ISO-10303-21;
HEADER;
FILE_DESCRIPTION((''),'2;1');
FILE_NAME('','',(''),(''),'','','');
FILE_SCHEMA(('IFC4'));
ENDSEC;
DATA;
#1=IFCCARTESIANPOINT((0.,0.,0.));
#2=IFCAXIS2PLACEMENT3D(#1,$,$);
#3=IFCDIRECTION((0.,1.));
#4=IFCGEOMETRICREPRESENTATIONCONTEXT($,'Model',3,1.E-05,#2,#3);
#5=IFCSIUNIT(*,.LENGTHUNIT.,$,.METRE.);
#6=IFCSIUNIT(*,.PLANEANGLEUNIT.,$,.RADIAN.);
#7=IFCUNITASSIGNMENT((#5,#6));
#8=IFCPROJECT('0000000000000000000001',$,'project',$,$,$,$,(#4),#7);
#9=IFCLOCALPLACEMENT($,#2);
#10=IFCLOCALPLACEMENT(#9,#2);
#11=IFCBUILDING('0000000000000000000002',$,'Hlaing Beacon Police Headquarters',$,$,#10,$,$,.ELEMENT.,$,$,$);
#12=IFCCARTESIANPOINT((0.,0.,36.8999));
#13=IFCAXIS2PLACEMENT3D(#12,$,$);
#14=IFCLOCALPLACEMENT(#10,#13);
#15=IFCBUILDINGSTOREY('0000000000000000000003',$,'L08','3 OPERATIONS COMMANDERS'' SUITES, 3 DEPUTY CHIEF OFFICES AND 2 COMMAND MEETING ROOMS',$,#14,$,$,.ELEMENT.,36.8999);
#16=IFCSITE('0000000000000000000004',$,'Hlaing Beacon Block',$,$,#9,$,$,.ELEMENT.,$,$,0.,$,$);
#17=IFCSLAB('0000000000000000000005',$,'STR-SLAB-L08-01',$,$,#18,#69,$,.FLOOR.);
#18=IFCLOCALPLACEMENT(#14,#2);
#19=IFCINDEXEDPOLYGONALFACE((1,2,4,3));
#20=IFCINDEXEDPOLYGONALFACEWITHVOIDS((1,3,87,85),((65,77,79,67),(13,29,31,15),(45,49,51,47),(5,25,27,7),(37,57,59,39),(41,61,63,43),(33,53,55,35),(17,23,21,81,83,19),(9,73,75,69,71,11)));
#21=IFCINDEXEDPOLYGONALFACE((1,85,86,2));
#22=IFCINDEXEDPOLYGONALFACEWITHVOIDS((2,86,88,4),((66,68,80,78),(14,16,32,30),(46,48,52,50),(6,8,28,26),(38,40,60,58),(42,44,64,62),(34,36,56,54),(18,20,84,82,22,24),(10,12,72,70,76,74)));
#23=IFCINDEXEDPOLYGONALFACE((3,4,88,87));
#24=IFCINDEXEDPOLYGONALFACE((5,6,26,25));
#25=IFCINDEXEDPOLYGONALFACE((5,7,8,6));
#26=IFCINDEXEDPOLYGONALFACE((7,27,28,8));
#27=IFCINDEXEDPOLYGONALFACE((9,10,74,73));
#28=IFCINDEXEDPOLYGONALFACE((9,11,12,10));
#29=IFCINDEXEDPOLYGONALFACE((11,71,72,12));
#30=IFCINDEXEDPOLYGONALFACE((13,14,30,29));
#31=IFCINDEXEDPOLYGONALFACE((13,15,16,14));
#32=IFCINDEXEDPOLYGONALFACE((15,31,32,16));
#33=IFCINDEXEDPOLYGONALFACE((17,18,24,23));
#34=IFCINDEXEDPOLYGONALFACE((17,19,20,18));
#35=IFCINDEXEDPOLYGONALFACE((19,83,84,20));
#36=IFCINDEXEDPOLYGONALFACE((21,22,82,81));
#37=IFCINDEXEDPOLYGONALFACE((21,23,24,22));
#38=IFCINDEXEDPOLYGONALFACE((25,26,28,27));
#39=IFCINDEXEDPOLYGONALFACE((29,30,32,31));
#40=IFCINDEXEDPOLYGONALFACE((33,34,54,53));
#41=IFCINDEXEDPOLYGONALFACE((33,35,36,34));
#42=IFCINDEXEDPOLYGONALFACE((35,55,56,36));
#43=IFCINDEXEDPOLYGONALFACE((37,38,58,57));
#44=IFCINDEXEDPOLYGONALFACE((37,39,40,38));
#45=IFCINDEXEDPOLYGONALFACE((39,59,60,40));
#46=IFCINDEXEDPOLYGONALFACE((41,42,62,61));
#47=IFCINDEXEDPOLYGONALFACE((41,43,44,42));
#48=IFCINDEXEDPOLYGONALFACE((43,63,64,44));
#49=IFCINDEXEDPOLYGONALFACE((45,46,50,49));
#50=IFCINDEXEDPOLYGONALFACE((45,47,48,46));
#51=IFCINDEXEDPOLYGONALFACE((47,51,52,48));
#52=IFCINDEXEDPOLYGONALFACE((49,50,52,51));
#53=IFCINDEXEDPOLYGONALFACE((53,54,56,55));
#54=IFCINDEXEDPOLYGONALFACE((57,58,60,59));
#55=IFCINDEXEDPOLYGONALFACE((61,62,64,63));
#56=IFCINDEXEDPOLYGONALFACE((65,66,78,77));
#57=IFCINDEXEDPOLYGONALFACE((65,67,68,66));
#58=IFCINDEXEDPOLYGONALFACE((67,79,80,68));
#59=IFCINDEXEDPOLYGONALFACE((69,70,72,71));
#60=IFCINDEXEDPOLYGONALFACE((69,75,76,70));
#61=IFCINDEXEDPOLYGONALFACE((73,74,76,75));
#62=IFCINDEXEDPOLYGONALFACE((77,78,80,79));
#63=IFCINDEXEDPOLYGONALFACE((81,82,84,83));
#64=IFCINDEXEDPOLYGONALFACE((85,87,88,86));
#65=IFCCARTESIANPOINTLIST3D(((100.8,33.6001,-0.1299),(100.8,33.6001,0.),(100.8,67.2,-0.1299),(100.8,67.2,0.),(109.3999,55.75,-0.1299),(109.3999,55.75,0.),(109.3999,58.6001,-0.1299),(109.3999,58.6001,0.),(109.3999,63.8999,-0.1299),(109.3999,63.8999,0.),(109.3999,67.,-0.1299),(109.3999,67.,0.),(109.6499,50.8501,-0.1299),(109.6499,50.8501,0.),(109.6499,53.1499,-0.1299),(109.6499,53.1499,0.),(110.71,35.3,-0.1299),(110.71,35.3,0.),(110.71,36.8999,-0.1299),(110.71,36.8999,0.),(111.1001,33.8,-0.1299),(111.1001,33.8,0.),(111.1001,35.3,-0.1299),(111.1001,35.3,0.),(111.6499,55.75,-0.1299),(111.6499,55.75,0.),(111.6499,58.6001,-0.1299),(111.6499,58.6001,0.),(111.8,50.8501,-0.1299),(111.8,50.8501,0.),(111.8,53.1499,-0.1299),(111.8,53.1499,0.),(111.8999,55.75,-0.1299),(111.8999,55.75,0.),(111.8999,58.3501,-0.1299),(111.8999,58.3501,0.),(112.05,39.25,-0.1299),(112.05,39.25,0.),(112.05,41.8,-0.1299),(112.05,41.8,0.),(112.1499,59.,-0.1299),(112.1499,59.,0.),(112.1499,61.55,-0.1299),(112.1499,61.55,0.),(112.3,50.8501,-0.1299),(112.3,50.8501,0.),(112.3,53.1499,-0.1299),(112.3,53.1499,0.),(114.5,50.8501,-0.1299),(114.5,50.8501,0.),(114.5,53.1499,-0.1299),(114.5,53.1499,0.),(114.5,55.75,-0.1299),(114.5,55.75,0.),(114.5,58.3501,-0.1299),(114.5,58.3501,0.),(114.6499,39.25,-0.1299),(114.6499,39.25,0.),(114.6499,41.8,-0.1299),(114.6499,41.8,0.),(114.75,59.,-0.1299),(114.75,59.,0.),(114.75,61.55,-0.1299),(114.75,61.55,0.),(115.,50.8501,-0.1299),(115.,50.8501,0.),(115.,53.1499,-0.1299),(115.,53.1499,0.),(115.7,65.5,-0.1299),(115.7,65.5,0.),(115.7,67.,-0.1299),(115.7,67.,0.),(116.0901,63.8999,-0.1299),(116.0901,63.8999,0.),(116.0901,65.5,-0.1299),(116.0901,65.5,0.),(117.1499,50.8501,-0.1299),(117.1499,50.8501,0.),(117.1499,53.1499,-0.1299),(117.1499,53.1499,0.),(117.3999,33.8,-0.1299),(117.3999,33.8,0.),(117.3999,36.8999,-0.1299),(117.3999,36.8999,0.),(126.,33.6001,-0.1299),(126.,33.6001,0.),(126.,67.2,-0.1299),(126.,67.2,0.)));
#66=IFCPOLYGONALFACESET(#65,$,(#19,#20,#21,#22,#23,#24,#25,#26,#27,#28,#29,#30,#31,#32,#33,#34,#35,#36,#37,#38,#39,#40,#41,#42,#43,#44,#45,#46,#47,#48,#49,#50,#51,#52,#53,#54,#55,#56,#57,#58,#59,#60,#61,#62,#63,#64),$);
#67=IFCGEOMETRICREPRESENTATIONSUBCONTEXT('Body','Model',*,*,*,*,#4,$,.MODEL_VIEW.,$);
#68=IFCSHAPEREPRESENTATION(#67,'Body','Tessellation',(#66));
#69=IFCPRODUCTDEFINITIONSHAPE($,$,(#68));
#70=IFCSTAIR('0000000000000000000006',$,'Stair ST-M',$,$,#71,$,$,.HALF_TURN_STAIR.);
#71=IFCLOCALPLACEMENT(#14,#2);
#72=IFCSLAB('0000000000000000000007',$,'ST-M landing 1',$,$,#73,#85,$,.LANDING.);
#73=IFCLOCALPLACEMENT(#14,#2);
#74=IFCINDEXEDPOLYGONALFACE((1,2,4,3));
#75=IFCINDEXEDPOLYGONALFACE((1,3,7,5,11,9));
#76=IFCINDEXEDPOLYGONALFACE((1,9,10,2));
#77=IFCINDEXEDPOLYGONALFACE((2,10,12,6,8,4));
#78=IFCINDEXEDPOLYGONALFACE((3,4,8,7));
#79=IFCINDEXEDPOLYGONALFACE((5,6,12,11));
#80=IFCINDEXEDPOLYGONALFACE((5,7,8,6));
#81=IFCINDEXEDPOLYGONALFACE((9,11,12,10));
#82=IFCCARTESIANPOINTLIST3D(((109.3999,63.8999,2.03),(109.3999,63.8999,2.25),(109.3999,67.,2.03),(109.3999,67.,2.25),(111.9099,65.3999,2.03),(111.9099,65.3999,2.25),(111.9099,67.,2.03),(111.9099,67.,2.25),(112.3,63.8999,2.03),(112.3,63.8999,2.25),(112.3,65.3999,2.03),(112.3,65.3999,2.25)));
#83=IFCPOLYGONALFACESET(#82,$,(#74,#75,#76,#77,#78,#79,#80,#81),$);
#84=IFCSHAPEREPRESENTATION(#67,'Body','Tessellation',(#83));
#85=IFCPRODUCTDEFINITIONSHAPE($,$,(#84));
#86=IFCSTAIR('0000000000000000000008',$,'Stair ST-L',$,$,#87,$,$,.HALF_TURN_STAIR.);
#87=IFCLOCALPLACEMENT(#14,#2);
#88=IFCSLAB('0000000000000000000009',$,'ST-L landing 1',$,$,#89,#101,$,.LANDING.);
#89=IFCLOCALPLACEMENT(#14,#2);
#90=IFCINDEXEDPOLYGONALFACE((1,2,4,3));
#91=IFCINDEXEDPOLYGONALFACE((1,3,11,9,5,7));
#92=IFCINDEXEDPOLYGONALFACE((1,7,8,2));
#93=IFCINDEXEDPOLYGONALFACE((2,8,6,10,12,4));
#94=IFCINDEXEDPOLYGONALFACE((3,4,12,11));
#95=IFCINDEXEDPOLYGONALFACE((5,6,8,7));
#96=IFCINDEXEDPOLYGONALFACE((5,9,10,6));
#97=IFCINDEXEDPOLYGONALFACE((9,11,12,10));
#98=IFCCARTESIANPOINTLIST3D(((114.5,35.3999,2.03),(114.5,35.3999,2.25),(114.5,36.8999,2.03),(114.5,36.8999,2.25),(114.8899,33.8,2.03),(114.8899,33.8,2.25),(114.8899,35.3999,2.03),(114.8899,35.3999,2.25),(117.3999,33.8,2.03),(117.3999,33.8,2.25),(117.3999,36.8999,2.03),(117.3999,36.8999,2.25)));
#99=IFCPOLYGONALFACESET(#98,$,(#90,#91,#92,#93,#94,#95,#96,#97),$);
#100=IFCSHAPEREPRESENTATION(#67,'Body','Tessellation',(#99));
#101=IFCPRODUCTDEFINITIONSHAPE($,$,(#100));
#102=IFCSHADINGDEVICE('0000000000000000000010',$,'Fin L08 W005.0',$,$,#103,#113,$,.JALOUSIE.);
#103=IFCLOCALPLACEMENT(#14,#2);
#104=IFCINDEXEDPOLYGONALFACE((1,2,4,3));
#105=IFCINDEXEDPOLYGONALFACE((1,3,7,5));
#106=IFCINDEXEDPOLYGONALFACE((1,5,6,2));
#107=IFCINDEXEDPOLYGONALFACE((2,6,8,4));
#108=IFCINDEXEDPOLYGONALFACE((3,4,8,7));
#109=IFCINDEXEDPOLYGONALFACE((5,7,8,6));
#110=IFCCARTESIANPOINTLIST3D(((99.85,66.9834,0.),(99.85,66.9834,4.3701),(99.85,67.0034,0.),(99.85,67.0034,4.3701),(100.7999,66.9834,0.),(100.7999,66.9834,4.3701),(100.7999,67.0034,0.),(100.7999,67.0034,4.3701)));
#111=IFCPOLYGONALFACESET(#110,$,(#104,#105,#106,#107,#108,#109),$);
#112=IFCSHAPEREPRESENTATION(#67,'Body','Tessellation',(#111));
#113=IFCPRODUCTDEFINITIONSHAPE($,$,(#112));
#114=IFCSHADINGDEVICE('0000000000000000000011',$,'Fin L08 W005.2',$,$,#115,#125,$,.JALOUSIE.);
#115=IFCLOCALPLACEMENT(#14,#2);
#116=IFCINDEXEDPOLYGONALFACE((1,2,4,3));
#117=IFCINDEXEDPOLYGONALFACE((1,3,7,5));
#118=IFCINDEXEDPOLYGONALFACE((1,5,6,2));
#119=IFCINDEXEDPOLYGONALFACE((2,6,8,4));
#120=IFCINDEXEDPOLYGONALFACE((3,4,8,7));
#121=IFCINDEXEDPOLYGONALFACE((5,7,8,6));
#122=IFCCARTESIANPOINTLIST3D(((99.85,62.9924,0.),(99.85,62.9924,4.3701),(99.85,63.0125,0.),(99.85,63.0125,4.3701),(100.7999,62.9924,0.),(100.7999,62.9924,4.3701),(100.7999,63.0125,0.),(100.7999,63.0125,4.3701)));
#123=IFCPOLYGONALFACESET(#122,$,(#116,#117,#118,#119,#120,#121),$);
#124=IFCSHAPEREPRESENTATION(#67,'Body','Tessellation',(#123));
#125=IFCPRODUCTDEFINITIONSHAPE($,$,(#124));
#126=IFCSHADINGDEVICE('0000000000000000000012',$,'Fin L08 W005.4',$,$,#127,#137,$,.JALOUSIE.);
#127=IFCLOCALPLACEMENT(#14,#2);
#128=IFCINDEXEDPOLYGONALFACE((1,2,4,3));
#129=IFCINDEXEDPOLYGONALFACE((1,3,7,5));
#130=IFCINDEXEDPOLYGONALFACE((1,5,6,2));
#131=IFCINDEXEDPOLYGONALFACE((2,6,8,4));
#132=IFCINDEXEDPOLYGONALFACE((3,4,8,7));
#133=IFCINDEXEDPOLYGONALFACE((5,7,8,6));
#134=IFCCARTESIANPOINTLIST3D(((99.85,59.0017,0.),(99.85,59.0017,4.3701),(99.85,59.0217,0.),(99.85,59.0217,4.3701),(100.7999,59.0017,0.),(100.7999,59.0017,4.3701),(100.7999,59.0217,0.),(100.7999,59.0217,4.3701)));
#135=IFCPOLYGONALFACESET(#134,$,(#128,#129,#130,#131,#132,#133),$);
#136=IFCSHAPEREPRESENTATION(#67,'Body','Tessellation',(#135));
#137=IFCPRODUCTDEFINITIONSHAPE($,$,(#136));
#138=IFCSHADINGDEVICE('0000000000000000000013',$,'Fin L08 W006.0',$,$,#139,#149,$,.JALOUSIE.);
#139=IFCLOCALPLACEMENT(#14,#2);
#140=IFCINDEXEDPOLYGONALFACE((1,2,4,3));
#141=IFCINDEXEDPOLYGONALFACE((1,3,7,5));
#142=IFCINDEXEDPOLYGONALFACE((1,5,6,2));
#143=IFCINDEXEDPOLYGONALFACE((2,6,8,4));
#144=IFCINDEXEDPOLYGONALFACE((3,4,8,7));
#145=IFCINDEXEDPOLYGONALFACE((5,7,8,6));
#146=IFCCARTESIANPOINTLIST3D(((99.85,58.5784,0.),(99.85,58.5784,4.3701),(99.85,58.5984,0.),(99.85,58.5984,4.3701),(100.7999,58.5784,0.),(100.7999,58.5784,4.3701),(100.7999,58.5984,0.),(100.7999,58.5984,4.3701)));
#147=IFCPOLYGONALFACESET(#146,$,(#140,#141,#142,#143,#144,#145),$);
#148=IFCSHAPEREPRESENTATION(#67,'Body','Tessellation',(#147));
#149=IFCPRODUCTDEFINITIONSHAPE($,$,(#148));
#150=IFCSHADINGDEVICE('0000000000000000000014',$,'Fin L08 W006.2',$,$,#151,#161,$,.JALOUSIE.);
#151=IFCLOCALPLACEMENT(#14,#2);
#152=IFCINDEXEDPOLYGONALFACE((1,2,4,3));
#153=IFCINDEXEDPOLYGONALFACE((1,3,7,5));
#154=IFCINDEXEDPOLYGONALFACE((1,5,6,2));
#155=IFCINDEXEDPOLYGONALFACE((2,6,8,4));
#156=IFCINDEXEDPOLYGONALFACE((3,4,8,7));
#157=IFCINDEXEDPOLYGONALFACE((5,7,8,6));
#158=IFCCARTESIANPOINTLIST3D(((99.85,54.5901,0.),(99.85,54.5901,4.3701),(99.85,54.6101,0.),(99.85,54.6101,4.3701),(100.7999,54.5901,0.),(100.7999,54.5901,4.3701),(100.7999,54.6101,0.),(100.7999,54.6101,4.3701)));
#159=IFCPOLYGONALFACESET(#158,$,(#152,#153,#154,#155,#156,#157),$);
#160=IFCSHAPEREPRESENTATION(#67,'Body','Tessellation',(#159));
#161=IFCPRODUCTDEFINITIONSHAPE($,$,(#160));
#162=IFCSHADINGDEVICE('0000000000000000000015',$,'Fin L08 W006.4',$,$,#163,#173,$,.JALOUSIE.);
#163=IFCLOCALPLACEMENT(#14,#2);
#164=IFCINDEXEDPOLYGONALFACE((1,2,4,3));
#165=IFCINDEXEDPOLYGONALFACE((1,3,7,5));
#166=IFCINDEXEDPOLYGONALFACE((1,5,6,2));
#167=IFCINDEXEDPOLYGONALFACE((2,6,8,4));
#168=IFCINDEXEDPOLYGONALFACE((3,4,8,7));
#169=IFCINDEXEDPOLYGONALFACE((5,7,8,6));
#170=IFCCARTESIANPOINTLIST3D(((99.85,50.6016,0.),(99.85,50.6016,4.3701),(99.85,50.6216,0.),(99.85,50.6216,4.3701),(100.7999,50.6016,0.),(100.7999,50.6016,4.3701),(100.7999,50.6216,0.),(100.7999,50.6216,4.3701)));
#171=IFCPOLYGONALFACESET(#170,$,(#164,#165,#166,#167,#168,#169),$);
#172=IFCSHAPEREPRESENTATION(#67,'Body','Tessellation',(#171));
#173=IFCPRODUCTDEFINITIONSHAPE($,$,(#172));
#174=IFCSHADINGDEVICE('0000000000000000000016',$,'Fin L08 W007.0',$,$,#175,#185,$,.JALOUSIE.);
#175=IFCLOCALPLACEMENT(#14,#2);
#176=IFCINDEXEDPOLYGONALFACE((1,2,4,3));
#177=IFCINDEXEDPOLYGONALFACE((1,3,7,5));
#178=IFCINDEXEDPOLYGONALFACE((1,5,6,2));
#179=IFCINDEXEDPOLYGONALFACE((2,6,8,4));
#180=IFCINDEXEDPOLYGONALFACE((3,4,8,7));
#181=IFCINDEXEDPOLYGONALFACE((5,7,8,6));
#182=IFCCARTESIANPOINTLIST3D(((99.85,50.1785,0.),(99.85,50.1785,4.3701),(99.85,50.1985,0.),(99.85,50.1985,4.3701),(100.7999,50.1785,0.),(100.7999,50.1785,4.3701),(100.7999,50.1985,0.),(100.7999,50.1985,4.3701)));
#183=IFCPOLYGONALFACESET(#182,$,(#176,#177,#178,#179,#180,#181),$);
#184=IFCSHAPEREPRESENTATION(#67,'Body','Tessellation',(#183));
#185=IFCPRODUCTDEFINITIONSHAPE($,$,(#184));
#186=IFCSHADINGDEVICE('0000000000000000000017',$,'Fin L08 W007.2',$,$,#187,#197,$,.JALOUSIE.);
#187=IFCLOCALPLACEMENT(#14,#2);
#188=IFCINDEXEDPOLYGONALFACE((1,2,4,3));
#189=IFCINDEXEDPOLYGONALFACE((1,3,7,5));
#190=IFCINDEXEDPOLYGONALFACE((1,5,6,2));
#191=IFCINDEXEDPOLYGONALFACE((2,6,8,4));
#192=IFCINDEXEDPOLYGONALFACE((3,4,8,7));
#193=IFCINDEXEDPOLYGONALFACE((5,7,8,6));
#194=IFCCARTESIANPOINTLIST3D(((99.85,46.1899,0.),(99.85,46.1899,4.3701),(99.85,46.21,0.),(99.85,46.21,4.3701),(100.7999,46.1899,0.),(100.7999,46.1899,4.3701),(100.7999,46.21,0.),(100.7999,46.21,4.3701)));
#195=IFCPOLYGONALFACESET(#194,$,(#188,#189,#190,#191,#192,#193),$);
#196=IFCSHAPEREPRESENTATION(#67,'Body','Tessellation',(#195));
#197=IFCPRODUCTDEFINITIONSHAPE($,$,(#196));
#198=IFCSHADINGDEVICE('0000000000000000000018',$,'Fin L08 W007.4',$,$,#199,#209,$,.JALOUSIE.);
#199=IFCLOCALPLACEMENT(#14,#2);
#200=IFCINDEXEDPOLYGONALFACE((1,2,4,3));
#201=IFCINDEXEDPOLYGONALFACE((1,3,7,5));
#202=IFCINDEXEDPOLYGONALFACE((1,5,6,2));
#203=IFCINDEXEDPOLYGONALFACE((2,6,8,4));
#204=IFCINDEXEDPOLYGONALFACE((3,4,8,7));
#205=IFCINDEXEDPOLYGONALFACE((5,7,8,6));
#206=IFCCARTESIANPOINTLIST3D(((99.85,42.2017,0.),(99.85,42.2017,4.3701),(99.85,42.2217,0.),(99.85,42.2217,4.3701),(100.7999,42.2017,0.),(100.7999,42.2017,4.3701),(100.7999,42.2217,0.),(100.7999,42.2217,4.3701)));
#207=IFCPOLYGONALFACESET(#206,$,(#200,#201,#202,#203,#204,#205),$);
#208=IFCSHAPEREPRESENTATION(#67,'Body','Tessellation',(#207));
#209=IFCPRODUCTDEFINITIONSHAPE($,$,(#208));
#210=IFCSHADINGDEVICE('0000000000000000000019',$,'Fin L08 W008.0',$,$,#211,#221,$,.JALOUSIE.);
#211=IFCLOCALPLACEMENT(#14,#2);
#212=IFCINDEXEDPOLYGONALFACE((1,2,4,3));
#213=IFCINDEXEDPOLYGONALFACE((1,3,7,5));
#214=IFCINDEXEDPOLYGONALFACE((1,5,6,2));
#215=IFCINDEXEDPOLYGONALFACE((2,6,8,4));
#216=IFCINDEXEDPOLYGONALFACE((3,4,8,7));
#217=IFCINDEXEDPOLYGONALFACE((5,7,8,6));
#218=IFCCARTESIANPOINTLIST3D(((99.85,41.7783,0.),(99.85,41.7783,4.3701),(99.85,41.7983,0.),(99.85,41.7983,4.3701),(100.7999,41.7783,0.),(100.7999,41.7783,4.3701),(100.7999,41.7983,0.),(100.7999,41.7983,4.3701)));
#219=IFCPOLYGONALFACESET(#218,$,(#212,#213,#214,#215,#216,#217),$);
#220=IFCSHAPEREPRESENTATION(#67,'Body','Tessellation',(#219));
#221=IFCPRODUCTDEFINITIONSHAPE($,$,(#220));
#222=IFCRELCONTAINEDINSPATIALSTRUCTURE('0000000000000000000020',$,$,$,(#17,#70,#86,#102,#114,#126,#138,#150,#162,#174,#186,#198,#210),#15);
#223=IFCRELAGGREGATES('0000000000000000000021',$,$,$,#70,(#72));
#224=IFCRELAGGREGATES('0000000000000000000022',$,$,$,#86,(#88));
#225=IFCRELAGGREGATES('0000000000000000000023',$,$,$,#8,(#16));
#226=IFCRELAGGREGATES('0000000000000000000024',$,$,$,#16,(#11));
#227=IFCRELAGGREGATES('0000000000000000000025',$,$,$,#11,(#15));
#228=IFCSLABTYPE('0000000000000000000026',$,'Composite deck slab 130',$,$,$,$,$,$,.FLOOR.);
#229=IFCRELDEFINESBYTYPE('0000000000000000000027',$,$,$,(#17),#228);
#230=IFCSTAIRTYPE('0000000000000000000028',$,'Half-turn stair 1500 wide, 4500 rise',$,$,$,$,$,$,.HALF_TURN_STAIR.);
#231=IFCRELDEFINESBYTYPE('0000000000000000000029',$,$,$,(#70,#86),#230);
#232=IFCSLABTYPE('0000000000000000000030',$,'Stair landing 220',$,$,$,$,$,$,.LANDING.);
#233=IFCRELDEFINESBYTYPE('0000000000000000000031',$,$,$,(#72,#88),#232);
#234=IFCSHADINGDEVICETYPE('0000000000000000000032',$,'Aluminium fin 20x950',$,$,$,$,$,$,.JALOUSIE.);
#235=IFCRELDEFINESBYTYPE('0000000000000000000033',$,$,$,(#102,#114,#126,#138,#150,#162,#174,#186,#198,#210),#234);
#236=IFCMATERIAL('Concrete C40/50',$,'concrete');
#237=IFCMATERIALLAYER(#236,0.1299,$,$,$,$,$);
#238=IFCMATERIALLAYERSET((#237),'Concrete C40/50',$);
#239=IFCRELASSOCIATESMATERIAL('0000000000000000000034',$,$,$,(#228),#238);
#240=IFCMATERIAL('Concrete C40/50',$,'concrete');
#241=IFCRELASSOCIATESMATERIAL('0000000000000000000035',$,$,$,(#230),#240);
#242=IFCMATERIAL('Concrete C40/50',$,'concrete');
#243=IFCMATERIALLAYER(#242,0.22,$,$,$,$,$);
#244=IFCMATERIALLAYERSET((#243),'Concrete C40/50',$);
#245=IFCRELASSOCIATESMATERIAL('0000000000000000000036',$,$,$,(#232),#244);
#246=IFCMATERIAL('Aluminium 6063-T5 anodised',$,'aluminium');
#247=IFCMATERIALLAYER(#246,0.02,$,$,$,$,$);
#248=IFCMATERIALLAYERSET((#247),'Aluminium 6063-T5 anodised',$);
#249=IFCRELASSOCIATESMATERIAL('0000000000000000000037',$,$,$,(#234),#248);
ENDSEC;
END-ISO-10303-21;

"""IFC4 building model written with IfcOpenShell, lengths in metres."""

from ifc_helpers import new_model, si_unit, direction, frame, origin, origin_2d, place, context, subcontext, project, spatial, polyline, rectangle, outline, extrude, material, layer, layer_set, type_object, element, aggregate, save


model = new_model("IFC4")

# Units and contexts
model_context = context("Model", 3, precision=1e-05, world=origin(), true_north=direction((0.0, 1.0)))
body_context = subcontext(model_context, "Body", "Model", "MODEL_VIEW")
ifc_project = project(units=[si_unit("LENGTHUNIT", "METRE"), si_unit("PLANEANGLEUNIT", "RADIAN")], contexts=[model_context])

# Site, building, storey
site_placement = place(None, origin())
site = spatial("IfcSite", under=ifc_project, at=site_placement, Name="Hlaing Beacon Block", CompositionType="ELEMENT", RefElevation=0.0)
building_placement = place(site_placement, origin())
building = spatial("IfcBuilding", under=site, at=building_placement, Name="Hlaing Beacon Police Headquarters", CompositionType="ELEMENT")
storey_placement = place(building_placement, frame((0.0, 0.0, 36.8999)))
storey = spatial("IfcBuildingStorey", under=building, at=storey_placement, Name="L08", Description="3 OPERATIONS COMMANDERS' SUITES, 3 DEPUTY CHIEF OFFICES AND 2 COMMAND MEETING ROOMS", CompositionType="ELEMENT", Elevation=36.8999)

# Slab
ifc_material_1 = material(Name="Concrete C40/50", Category="concrete")
ifc_layer_1 = layer(ifc_material_1, 0.1299)
ifc_layer_set_1 = layer_set([ifc_layer_1], Name="Concrete C40/50")
slab_type_1 = type_object("IfcSlabType", Name="Composite deck slab 130", PredefinedType="FLOOR", material=ifc_layer_set_1)
slab_1_placement = place(storey_placement, frame((0.0, 0.0, -0.1299)))
element("IfcSlab", 1, at=slab_1_placement, inside=storey, type_object=slab_type_1, Name="STR-SLAB-L08-01", PredefinedType="FLOOR", context=body_context, shape_type="SweptSolid", body=[
    extrude(outline(polyline([(100.8, 33.6001), (126.0, 33.6001), (126.0, 67.2), (100.8, 67.2), (100.8, 33.6001)]), holes=[polyline([(109.3999, 55.75), (111.6499, 55.75), (111.6499, 58.6001), (109.3999, 58.6001), (109.3999, 55.75)]), polyline([(109.3999, 63.8999), (116.0901, 63.8999), (116.0901, 65.5), (115.7, 65.5), (115.7, 67.0), (109.3999, 67.0), (109.3999, 63.8999)]), polyline([(109.6499, 50.8501), (111.8, 50.8501), (111.8, 53.1499), (109.6499, 53.1499), (109.6499, 50.8501)]), polyline([(111.1001, 33.8), (117.3999, 33.8), (117.3999, 36.8999), (110.71, 36.8999), (110.71, 35.3), (111.1001, 35.3), (111.1001, 33.8)]), polyline([(111.8999, 55.75), (114.5, 55.75), (114.5, 58.3501), (111.8999, 58.3501), (111.8999, 55.75)]), polyline([(112.05, 39.25), (114.6499, 39.25), (114.6499, 41.8), (112.05, 41.8), (112.05, 39.25)]), polyline([(112.1499, 59.0), (114.75, 59.0), (114.75, 61.55), (112.1499, 61.55), (112.1499, 59.0)]), polyline([(112.3, 50.8501), (114.5, 50.8501), (114.5, 53.1499), (112.3, 53.1499), (112.3, 50.8501)]), polyline([(115.0, 50.8501), (117.1499, 50.8501), (117.1499, 53.1499), (115.0, 53.1499), (115.0, 50.8501)])]), origin(), (0.0, 0.0, 1.0), 0.1299),
])

# Stairs, slabs
ifc_material_2 = material(Name="Concrete C40/50", Category="concrete")
stair_type = type_object("IfcStairType", Name="Half-turn stair 1500 wide, 4500 rise", PredefinedType="HALF_TURN_STAIR", material=ifc_material_2)
stair_1_placement = place(storey_placement, origin())
stair_1 = element("IfcStair", 2, at=stair_1_placement, inside=storey, type_object=stair_type, Name="Stair ST-M", PredefinedType="HALF_TURN_STAIR")
ifc_material_3 = material(Name="Concrete C40/50", Category="concrete")
ifc_layer_2 = layer(ifc_material_3, 0.22)
ifc_layer_set_2 = layer_set([ifc_layer_2], Name="Concrete C40/50")
slab_type_2 = type_object("IfcSlabType", Name="Stair landing 220", PredefinedType="LANDING", material=ifc_layer_set_2)
slab_2_placement = place(storey_placement, frame((0.0, 0.0, 2.03)))
slab_2 = element("IfcSlab", 3, at=slab_2_placement, type_object=slab_type_2, Name="ST-M landing 1", PredefinedType="LANDING", context=body_context, shape_type="SweptSolid", body=[
    extrude(outline(polyline([(111.9099, 67.0), (109.3999, 67.0), (109.3999, 63.8999), (112.3, 63.8999), (112.3, 65.3999), (111.9099, 65.3999), (111.9099, 67.0)])), origin(), (0.0, 0.0, 1.0), 0.22),
])
aggregate(stair_1, [slab_2])
stair_2_placement = place(storey_placement, origin())
stair_2 = element("IfcStair", 4, at=stair_2_placement, inside=storey, type_object=stair_type, Name="Stair ST-L", PredefinedType="HALF_TURN_STAIR")
slab_3_placement = place(storey_placement, frame((0.0, 0.0, 2.03)))
slab_3 = element("IfcSlab", 5, at=slab_3_placement, type_object=slab_type_2, Name="ST-L landing 1", PredefinedType="LANDING", context=body_context, shape_type="SweptSolid", body=[
    extrude(outline(polyline([(114.8899, 33.8), (117.3999, 33.8), (117.3999, 36.8999), (114.5, 36.8999), (114.5, 35.3999), (114.8899, 35.3999), (114.8899, 33.8)])), origin(), (0.0, 0.0, 1.0), 0.22),
])
aggregate(stair_2, [slab_3])

# Shading devices
ifc_material_4 = material(Name="Aluminium 6063-T5 anodised", Category="aluminium")
ifc_layer_3 = layer(ifc_material_4, 0.02)
ifc_layer_set_3 = layer_set([ifc_layer_3], Name="Aluminium 6063-T5 anodised")
shading_device_type = type_object("IfcShadingDeviceType", Name="Aluminium fin 20x950", PredefinedType="JALOUSIE", material=ifc_layer_set_3)
for number, where, z_axis, x_axis, name in (
    (6, (100.325, 66.9934, 0.0), (0.0, 0.0, 1.0), (0.0, -1.0, 0.0), "Fin L08 W005.0"),
    (7, (100.325, 63.0024, 0.0), (0.0, 0.0, 1.0), (0.0, -1.0, 0.0), "Fin L08 W005.2"),
    (8, (100.325, 59.0117, 0.0), (0.0, 0.0, 1.0), (0.0, -1.0, 0.0), "Fin L08 W005.4"),
    (9, (100.325, 58.5884, 0.0), (0.0, 0.0, 1.0), (0.0, -1.0, 0.0), "Fin L08 W006.0"),
    (10, (100.325, 54.6001, 0.0), (0.0, 0.0, 1.0), (0.0, -1.0, 0.0), "Fin L08 W006.2"),
    (11, (100.325, 50.6116, 0.0), (0.0, 0.0, 1.0), (0.0, -1.0, 0.0), "Fin L08 W006.4"),
    (12, (100.325, 50.1885, 0.0), (0.0, 0.0, 1.0), (0.0, -1.0, 0.0), "Fin L08 W007.0"),
    (13, (100.325, 46.2, 0.0), (0.0, 0.0, 1.0), (0.0, -1.0, 0.0), "Fin L08 W007.2"),
    (14, (100.325, 42.2117, 0.0), (0.0, 0.0, 1.0), (0.0, -1.0, 0.0), "Fin L08 W007.4"),
    (15, (100.325, 41.7883, 0.0), (0.0, 0.0, 1.0), (0.0, -1.0, 0.0), "Fin L08 W008.0"),
):
    element("IfcShadingDevice", number, at=place(storey_placement, frame(where, z_axis=z_axis, x_axis=x_axis)), inside=storey, type_object=shading_device_type, Name=name, PredefinedType="JALOUSIE", context=body_context, shape_type="SweptSolid", body=[
        extrude(rectangle(XDim=0.02, YDim=0.95, at=origin_2d()), origin(), (0.0, 0.0, 1.0), 4.3701),
    ])

save(model, "model.ifc")
